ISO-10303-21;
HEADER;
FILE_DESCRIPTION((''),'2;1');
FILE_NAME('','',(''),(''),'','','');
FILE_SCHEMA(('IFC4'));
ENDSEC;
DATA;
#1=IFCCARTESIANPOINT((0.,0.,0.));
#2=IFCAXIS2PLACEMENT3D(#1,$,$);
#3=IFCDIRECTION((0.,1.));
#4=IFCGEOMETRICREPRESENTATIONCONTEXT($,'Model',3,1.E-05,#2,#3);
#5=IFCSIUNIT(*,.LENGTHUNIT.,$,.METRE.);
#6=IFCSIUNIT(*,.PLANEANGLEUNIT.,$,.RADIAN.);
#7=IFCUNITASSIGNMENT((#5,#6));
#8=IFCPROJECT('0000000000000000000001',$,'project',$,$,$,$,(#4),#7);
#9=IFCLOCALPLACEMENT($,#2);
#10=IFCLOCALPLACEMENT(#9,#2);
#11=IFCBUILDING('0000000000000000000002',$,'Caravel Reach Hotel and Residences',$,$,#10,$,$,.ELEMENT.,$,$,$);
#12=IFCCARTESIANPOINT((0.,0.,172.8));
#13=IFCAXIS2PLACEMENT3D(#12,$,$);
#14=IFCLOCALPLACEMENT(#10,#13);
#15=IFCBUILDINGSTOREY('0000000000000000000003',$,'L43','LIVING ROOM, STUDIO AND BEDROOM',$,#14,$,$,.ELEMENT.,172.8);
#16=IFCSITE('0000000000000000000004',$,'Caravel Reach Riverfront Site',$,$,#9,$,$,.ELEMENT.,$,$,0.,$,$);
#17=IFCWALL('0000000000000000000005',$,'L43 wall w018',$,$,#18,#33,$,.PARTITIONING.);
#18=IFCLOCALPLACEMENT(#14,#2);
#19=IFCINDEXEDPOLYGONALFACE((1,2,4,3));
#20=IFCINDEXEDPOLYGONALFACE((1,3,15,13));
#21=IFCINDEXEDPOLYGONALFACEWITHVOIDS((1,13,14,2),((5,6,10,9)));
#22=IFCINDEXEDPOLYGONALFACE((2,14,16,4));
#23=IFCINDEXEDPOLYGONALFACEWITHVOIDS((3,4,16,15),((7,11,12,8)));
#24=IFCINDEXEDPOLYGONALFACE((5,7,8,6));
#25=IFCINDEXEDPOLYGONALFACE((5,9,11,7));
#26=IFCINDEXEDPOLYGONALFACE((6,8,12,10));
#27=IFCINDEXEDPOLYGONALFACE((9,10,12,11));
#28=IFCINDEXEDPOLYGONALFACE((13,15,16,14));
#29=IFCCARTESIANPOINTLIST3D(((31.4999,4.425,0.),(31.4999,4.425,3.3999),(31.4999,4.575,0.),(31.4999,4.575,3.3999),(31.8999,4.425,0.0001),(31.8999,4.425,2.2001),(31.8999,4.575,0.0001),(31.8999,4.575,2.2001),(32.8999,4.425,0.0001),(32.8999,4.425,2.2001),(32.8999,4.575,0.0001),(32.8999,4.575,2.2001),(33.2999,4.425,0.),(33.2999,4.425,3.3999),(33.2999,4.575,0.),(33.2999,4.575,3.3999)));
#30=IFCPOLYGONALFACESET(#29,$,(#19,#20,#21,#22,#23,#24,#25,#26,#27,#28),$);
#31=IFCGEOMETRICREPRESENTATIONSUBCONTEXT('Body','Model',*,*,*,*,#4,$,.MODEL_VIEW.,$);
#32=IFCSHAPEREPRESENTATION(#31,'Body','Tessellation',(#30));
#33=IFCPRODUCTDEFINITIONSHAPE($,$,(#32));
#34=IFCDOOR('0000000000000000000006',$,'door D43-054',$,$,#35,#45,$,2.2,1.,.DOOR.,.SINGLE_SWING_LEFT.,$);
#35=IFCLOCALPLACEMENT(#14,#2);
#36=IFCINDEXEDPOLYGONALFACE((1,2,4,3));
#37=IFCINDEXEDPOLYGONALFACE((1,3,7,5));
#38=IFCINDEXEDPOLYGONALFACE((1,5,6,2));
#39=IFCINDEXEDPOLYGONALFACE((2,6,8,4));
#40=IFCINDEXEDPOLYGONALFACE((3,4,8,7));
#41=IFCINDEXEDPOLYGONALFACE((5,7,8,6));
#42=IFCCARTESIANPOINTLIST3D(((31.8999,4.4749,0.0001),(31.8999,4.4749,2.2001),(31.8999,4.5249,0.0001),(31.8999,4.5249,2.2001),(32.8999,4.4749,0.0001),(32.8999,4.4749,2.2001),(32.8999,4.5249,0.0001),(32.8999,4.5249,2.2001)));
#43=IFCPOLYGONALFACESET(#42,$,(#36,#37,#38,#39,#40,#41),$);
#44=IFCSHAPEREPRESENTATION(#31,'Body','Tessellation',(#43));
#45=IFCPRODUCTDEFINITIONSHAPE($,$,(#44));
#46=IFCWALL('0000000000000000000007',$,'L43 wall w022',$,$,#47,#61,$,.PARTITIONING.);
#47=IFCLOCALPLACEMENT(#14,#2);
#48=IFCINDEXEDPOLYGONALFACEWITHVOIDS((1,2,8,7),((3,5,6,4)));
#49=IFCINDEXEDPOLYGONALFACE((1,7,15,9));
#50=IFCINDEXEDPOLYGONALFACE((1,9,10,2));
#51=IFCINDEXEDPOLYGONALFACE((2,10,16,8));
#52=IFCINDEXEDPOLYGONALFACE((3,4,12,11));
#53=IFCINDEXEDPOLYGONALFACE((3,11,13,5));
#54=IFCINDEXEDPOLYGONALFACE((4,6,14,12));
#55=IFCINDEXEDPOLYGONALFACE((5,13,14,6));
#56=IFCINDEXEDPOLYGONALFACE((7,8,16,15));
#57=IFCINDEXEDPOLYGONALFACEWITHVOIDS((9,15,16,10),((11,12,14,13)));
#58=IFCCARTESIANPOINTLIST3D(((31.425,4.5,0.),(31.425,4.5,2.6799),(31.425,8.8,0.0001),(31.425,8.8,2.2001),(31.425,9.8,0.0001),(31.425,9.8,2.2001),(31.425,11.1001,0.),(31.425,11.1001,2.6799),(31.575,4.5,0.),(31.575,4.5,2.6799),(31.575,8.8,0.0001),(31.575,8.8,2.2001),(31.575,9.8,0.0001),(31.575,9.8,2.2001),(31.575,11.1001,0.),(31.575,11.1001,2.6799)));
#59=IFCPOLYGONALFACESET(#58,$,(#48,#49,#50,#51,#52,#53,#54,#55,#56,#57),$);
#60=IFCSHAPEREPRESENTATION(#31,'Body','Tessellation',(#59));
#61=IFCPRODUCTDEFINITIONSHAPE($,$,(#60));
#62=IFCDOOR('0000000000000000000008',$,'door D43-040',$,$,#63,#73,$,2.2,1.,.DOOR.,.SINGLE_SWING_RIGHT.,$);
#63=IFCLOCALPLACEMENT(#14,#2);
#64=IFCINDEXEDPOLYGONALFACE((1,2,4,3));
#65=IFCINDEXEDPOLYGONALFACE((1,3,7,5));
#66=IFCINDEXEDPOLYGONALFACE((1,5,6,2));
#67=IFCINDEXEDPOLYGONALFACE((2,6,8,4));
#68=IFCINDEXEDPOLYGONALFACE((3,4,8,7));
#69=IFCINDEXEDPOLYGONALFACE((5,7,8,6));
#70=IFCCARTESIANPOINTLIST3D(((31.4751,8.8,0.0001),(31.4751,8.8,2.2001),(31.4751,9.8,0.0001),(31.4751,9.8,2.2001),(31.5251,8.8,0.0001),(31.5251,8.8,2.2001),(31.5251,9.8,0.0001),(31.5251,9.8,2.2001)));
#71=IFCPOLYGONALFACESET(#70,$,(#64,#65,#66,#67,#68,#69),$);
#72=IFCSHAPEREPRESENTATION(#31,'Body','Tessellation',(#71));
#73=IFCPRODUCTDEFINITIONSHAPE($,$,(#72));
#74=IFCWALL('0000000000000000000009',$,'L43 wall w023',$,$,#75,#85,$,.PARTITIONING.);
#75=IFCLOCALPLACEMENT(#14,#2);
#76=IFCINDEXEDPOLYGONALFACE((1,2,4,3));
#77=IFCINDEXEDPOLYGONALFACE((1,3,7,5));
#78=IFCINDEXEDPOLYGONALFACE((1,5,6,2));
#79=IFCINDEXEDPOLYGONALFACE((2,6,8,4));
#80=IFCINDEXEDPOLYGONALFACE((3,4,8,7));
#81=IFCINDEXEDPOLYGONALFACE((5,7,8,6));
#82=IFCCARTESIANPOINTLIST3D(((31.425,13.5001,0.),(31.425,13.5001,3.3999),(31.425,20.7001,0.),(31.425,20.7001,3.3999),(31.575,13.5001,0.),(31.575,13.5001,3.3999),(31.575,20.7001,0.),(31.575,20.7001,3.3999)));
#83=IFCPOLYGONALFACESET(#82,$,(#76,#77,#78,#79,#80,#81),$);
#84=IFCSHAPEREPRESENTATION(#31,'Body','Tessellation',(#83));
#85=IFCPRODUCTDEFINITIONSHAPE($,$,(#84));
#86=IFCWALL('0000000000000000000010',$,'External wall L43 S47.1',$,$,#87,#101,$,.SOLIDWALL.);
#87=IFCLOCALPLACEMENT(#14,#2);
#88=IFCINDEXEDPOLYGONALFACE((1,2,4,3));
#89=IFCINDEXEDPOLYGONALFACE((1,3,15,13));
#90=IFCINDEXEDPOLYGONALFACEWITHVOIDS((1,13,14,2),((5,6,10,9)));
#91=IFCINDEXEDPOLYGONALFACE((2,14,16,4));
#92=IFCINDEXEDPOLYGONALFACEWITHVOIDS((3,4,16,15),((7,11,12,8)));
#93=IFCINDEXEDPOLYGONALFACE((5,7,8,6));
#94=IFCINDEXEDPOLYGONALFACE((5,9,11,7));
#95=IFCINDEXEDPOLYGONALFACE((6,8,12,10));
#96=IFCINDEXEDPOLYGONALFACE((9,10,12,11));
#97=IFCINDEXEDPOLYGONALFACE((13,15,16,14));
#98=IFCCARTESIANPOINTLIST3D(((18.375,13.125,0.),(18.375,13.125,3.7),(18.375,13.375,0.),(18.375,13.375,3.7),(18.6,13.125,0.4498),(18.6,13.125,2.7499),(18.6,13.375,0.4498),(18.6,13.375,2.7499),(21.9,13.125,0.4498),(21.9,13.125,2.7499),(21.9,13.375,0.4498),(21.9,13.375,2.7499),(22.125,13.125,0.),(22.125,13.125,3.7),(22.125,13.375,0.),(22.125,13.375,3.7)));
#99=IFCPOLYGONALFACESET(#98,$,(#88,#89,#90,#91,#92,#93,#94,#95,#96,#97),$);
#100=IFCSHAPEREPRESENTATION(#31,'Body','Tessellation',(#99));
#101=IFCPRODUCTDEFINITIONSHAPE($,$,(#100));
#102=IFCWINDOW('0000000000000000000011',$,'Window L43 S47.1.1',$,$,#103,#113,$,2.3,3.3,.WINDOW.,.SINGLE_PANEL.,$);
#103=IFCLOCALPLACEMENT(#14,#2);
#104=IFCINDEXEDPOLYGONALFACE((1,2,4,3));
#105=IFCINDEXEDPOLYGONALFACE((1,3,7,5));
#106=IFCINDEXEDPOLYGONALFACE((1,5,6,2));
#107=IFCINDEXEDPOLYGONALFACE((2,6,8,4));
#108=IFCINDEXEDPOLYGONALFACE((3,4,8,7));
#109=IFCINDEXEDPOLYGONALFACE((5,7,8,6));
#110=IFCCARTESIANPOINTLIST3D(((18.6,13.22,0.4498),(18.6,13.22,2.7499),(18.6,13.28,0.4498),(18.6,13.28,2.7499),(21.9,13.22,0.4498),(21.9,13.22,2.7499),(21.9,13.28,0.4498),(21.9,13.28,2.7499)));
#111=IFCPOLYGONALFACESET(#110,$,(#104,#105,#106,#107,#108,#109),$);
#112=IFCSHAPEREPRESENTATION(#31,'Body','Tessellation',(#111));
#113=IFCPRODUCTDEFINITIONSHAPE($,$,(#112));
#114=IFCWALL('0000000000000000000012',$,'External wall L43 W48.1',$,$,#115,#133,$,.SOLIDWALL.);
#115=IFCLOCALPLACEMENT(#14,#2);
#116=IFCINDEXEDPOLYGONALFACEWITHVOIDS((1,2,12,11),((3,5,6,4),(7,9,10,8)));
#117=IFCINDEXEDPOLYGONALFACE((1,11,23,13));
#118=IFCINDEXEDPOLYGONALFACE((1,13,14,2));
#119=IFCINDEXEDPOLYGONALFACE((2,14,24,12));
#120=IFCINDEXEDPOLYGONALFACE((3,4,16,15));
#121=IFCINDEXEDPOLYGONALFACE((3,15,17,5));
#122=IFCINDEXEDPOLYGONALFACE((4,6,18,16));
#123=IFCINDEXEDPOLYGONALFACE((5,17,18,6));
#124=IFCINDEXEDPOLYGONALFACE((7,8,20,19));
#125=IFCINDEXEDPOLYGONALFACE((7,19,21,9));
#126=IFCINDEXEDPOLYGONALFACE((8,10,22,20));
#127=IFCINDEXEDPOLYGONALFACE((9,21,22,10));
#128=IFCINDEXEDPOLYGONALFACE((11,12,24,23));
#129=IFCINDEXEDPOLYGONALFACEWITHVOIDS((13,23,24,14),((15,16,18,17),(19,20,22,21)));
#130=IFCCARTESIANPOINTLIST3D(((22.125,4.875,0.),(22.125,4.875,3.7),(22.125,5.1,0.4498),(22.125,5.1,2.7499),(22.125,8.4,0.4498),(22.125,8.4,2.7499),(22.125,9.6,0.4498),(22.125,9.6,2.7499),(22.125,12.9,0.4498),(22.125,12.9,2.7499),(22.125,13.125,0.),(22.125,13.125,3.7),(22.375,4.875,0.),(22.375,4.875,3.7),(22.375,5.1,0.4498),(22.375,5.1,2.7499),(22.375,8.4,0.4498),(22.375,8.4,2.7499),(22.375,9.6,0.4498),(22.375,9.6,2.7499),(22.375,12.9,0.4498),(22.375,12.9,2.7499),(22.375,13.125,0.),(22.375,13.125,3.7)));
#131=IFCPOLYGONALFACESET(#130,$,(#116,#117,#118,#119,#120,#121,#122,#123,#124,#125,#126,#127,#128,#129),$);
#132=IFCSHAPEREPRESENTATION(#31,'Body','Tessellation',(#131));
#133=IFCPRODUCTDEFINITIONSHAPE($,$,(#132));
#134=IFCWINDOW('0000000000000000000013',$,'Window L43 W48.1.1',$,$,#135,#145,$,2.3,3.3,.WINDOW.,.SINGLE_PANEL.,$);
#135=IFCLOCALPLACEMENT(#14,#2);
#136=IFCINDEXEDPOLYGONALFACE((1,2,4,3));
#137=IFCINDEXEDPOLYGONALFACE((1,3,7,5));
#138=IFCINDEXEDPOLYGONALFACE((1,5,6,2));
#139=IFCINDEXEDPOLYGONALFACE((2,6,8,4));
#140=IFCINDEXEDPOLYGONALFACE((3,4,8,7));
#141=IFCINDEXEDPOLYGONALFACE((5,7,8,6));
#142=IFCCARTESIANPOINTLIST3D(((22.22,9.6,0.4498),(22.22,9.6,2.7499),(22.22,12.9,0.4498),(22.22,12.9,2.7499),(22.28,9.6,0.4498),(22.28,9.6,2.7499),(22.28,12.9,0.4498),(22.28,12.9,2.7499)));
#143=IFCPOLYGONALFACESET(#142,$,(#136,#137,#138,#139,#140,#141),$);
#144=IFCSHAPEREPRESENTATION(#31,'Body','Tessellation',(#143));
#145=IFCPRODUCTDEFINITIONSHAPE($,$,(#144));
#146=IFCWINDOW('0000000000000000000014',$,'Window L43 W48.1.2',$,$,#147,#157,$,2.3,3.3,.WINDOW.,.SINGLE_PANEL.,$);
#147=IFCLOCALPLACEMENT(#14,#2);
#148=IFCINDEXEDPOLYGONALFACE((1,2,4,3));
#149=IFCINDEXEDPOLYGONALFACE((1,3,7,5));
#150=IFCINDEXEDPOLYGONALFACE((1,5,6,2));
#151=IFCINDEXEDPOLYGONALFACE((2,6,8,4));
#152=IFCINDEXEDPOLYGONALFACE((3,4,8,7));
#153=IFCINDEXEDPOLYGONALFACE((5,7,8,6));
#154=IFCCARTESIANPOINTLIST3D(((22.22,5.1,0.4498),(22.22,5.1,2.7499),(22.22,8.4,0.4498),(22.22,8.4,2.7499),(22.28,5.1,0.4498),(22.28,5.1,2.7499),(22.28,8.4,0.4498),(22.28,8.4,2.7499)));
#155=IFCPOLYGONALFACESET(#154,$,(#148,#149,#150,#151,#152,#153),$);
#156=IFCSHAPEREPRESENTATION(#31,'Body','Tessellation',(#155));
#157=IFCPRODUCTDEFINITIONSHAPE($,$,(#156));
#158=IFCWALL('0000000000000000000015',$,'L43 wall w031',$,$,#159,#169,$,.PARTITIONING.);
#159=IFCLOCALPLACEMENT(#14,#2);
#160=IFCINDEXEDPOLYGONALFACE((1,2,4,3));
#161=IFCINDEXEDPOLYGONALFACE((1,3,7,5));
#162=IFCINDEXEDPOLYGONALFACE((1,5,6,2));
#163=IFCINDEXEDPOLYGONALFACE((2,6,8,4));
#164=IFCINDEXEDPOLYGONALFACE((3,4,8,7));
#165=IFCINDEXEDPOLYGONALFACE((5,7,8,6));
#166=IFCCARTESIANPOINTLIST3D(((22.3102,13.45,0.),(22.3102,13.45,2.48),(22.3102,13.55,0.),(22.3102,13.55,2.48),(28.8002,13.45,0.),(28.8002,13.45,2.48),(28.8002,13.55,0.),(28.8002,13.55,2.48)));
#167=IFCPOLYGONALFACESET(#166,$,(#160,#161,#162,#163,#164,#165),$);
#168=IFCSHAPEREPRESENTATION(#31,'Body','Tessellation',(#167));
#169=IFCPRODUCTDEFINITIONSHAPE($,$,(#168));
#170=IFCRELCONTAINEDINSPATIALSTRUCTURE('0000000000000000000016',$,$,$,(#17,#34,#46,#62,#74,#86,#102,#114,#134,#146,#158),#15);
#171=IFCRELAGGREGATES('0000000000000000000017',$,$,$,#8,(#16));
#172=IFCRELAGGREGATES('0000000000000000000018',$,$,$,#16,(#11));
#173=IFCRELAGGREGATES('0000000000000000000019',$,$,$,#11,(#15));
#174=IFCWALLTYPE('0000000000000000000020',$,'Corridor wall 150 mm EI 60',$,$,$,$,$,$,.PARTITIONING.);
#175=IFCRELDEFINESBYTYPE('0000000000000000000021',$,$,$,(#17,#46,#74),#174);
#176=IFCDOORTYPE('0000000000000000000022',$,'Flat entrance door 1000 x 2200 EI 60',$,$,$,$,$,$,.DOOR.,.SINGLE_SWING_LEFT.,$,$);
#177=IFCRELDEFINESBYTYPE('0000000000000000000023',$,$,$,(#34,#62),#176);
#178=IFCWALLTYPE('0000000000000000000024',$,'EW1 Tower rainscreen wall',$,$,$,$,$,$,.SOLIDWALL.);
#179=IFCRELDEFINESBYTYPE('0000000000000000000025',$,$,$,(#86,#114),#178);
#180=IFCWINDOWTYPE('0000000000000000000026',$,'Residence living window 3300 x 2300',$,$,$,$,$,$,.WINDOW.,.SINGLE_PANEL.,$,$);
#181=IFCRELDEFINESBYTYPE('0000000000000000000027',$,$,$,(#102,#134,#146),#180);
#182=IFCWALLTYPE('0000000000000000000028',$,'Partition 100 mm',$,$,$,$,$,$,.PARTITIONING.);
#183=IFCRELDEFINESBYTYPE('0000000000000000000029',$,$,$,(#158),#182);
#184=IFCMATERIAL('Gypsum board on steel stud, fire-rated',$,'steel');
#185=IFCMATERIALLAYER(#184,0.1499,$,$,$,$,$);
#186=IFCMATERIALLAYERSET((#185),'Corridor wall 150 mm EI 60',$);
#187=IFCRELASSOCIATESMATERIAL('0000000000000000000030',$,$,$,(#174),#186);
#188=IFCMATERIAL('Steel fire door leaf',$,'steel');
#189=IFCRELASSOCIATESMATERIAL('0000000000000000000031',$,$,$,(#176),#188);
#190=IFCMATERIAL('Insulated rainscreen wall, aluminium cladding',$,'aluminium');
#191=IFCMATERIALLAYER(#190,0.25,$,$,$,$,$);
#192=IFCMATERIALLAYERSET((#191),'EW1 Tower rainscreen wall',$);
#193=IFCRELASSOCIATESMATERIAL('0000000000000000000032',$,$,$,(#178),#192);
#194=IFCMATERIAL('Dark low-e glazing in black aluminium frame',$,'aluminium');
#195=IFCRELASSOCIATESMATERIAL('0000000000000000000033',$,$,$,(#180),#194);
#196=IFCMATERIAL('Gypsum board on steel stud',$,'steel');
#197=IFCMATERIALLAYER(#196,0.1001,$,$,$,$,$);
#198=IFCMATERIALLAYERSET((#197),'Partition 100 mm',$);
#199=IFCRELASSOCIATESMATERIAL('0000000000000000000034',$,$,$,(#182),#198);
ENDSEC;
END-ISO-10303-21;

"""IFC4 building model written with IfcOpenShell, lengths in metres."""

from ifc_helpers import new_model, si_unit, direction, frame, frame_2d, origin, place, context, subcontext, project, spatial, rectangle, extrude, material, layer, layer_set, type_object, element, fill, save


model = new_model("IFC4")

# Units and contexts
model_context = context("Model", 3, precision=1e-05, world=origin(), true_north=direction((0.0, 1.0)))
body_context = subcontext(model_context, "Body", "Model", "MODEL_VIEW")
ifc_project = project(units=[si_unit("LENGTHUNIT", "METRE"), si_unit("PLANEANGLEUNIT", "RADIAN")], contexts=[model_context])

# Site, building, storey
site_placement = place(None, origin())
site = spatial("IfcSite", under=ifc_project, at=site_placement, Name="Caravel Reach Riverfront Site", CompositionType="ELEMENT", RefElevation=0.0)
building_placement = place(site_placement, origin())
building = spatial("IfcBuilding", under=site, at=building_placement, Name="Caravel Reach Hotel and Residences", CompositionType="ELEMENT")
storey_placement = place(building_placement, frame((0.0, 0.0, 172.8)))
storey = spatial("IfcBuildingStorey", under=building, at=storey_placement, Name="L43", Description="LIVING ROOM, STUDIO AND BEDROOM", CompositionType="ELEMENT", Elevation=172.8)

# Walls, openings, doors
ifc_material_1 = material(Name="Gypsum board on steel stud, fire-rated", Category="steel")
ifc_layer_1 = layer(ifc_material_1, 0.1499)
ifc_layer_set_1 = layer_set([ifc_layer_1], Name="Corridor wall 150 mm EI 60")
wall_type_1 = type_object("IfcWallType", Name="Corridor wall 150 mm EI 60", PredefinedType="PARTITIONING", material=ifc_layer_set_1)
wall_1_placement = place(storey_placement, frame((31.5, 4.5, 0.0), z_axis=(0.0, 0.0, 1.0), x_axis=(1.0, 0.0, 0.0)))
wall_1 = element("IfcWall", 1, at=wall_1_placement, inside=storey, type_object=wall_type_1, Name="L43 wall w018", PredefinedType="PARTITIONING", context=body_context, shape_type="SweptSolid", body=[
    extrude(rectangle(XDim=1.8, YDim=0.1499, at=frame_2d((0.8999, 0.0))), origin(), (0.0, 0.0, 1.0), 3.3999),
])
opening_1_placement = place(wall_1_placement, frame((0.3999, 0.0, 0.0)))
opening_1 = element("IfcOpeningElement", 2, at=opening_1_placement, cuts=wall_1, PredefinedType="OPENING", context=body_context, shape_type="SweptSolid", body=[
    extrude(rectangle(XDim=1.0, YDim=2.2, at=frame_2d((0.5, 1.1001))), frame((0.0, 0.085, 0.0), z_axis=(0.0, -1.0, 0.0), x_axis=(1.0, 0.0, 0.0)), (0.0, 0.0, 1.0), 0.1699),
])
ifc_material_2 = material(Name="Steel fire door leaf", Category="steel")
door_type_1 = type_object("IfcDoorType", Name="Flat entrance door 1000 x 2200 EI 60", OperationType="SINGLE_SWING_LEFT", PredefinedType="DOOR", material=ifc_material_2)
door_1_placement = place(opening_1_placement, origin())
door_1 = element("IfcDoor", 3, at=door_1_placement, inside=storey, type_object=door_type_1, Name="door D43-054", OperationType="SINGLE_SWING_LEFT", OverallHeight=2.2, OverallWidth=1.0, PredefinedType="DOOR", context=body_context, shape_type="SweptSolid", body=[
    extrude(rectangle(XDim=1.0, YDim=2.2, at=frame_2d((0.5, 1.1001))), frame((0.0, 0.0249, 0.0), z_axis=(0.0, -1.0, 0.0), x_axis=(1.0, 0.0, 0.0)), (0.0, 0.0, 1.0), 0.05),
])
fill(opening_1, door_1)
wall_2_placement = place(storey_placement, frame((31.5, 4.5, 0.0), z_axis=(0.0, 0.0, 1.0), x_axis=(0.0, 1.0, 0.0)))
wall_2 = element("IfcWall", 4, at=wall_2_placement, inside=storey, type_object=wall_type_1, Name="L43 wall w022", PredefinedType="PARTITIONING", context=body_context, shape_type="SweptSolid", body=[
    extrude(rectangle(XDim=6.6001, YDim=0.1499, at=frame_2d((3.3, 0.0))), origin(), (0.0, 0.0, 1.0), 2.6799),
])
opening_2_placement = place(wall_2_placement, frame((4.3, 0.0, 0.0)))
opening_2 = element("IfcOpeningElement", 5, at=opening_2_placement, cuts=wall_2, PredefinedType="OPENING", context=body_context, shape_type="SweptSolid", body=[
    extrude(rectangle(XDim=1.0, YDim=2.2, at=frame_2d((0.5, 1.1001))), frame((0.0, 0.085, 0.0), z_axis=(0.0, -1.0, 0.0), x_axis=(1.0, 0.0, 0.0)), (0.0, 0.0, 1.0), 0.1699),
])
door_2_placement = place(opening_2_placement, origin())
door_2 = element("IfcDoor", 6, at=door_2_placement, inside=storey, type_object=door_type_1, Name="door D43-040", OperationType="SINGLE_SWING_RIGHT", OverallHeight=2.2, OverallWidth=1.0, PredefinedType="DOOR", context=body_context, shape_type="SweptSolid", body=[
    extrude(rectangle(XDim=1.0, YDim=2.2, at=frame_2d((0.5, 1.1001))), frame((0.0, 0.0249, 0.0), z_axis=(0.0, -1.0, 0.0), x_axis=(1.0, 0.0, 0.0)), (0.0, 0.0, 1.0), 0.05),
])
fill(opening_2, door_2)

# Wall
wall_3_placement = place(storey_placement, frame((31.5, 13.5, 0.0), z_axis=(0.0, 0.0, 1.0), x_axis=(0.0, 1.0, 0.0)))
element("IfcWall", 7, at=wall_3_placement, inside=storey, type_object=wall_type_1, Name="L43 wall w023", PredefinedType="PARTITIONING", context=body_context, shape_type="SweptSolid", body=[
    extrude(rectangle(XDim=7.2, YDim=0.1499, at=frame_2d((3.6001, 0.0))), origin(), (0.0, 0.0, 1.0), 3.3999),
])

# Wall, opening, window
ifc_material_3 = material(Name="Insulated rainscreen wall, aluminium cladding", Category="aluminium")
ifc_layer_2 = layer(ifc_material_3, 0.25)
ifc_layer_set_2 = layer_set([ifc_layer_2], Name="EW1 Tower rainscreen wall")
wall_type_2 = type_object("IfcWallType", Name="EW1 Tower rainscreen wall", PredefinedType="SOLIDWALL", material=ifc_layer_set_2)
wall_4_placement = place(storey_placement, frame((18.375, 13.25, 0.0), z_axis=(0.0, 0.0, 1.0), x_axis=(1.0, 0.0, 0.0)))
wall_4 = element("IfcWall", 8, at=wall_4_placement, inside=storey, type_object=wall_type_2, Name="External wall L43 S47.1", PredefinedType="SOLIDWALL", context=body_context, shape_type="SweptSolid", body=[
    extrude(rectangle(XDim=3.75, YDim=0.25, at=frame_2d((1.875, 0.0))), origin(), (0.0, 0.0, 1.0), 3.7),
])
opening_3_placement = place(wall_4_placement, frame((0.2251, 0.0, 0.45)))
opening_3 = element("IfcOpeningElement", 9, at=opening_3_placement, cuts=wall_4, PredefinedType="OPENING", context=body_context, shape_type="SweptSolid", body=[
    extrude(rectangle(XDim=3.3, YDim=2.3, at=frame_2d((1.6499, 1.1499))), frame((0.0, 0.135, 0.0), z_axis=(0.0, -1.0, 0.0), x_axis=(1.0, 0.0, 0.0)), (0.0, 0.0, 1.0), 0.27),
])
ifc_material_4 = material(Name="Dark low-e glazing in black aluminium frame", Category="aluminium")
window_type = type_object("IfcWindowType", Name="Residence living window 3300 x 2300", PartitioningType="SINGLE_PANEL", PredefinedType="WINDOW", material=ifc_material_4)
window_1_placement = place(opening_3_placement, origin())
window_1 = element("IfcWindow", 10, at=window_1_placement, inside=storey, type_object=window_type, Name="Window L43 S47.1.1", OverallHeight=2.3, OverallWidth=3.3, PartitioningType="SINGLE_PANEL", PredefinedType="WINDOW", context=body_context, shape_type="SweptSolid", body=[
    extrude(rectangle(XDim=3.3, YDim=2.3, at=frame_2d((1.6499, 1.1499))), frame((0.0, 0.03, 0.0), z_axis=(0.0, -1.0, 0.0), x_axis=(1.0, 0.0, 0.0)), (0.0, 0.0, 1.0), 0.0601),
])
fill(opening_3, window_1)

# Wall, openings, windows
wall_5_placement = place(storey_placement, frame((22.25, 13.125, 0.0), z_axis=(0.0, 0.0, 1.0), x_axis=(0.0, -1.0, 0.0)))
wall_5 = element("IfcWall", 11, at=wall_5_placement, inside=storey, type_object=wall_type_2, Name="External wall L43 W48.1", PredefinedType="SOLIDWALL", context=body_context, shape_type="SweptSolid", body=[
    extrude(rectangle(XDim=8.25, YDim=0.25, at=frame_2d((4.125, 0.0))), origin(), (0.0, 0.0, 1.0), 3.7),
])
opening_4_placement = place(wall_5_placement, frame((0.2251, 0.0, 0.45)))
opening_4 = element("IfcOpeningElement", 12, at=opening_4_placement, cuts=wall_5, PredefinedType="OPENING", context=body_context, shape_type="SweptSolid", body=[
    extrude(rectangle(XDim=3.3, YDim=2.3, at=frame_2d((1.6499, 1.1499))), frame((0.0, 0.135, 0.0), z_axis=(0.0, -1.0, 0.0), x_axis=(1.0, 0.0, 0.0)), (0.0, 0.0, 1.0), 0.27),
])
opening_5_placement = place(wall_5_placement, frame((4.7251, 0.0, 0.45)))
opening_5 = element("IfcOpeningElement", 13, at=opening_5_placement, cuts=wall_5, PredefinedType="OPENING", context=body_context, shape_type="SweptSolid", body=[
    extrude(rectangle(XDim=3.3, YDim=2.3, at=frame_2d((1.6499, 1.1499))), frame((0.0, 0.135, 0.0), z_axis=(0.0, -1.0, 0.0), x_axis=(1.0, 0.0, 0.0)), (0.0, 0.0, 1.0), 0.27),
])
window_2_placement = place(opening_4_placement, origin())
window_2 = element("IfcWindow", 14, at=window_2_placement, inside=storey, type_object=window_type, Name="Window L43 W48.1.1", OverallHeight=2.3, OverallWidth=3.3, PartitioningType="SINGLE_PANEL", PredefinedType="WINDOW", context=body_context, shape_type="SweptSolid", body=[
    extrude(rectangle(XDim=3.3, YDim=2.3, at=frame_2d((1.6499, 1.1499))), frame((0.0, 0.03, 0.0), z_axis=(0.0, -1.0, 0.0), x_axis=(1.0, 0.0, 0.0)), (0.0, 0.0, 1.0), 0.0601),
])
fill(opening_4, window_2)
window_3_placement = place(opening_5_placement, origin())
window_3 = element("IfcWindow", 15, at=window_3_placement, inside=storey, type_object=window_type, Name="Window L43 W48.1.2", OverallHeight=2.3, OverallWidth=3.3, PartitioningType="SINGLE_PANEL", PredefinedType="WINDOW", context=body_context, shape_type="SweptSolid", body=[
    extrude(rectangle(XDim=3.3, YDim=2.3, at=frame_2d((1.6499, 1.1499))), frame((0.0, 0.03, 0.0), z_axis=(0.0, -1.0, 0.0), x_axis=(1.0, 0.0, 0.0)), (0.0, 0.0, 1.0), 0.0601),
])
fill(opening_5, window_3)

# Wall
ifc_material_5 = material(Name="Gypsum board on steel stud", Category="steel")
ifc_layer_3 = layer(ifc_material_5, 0.1001)
ifc_layer_set_3 = layer_set([ifc_layer_3], Name="Partition 100 mm")
wall_type_3 = type_object("IfcWallType", Name="Partition 100 mm", PredefinedType="PARTITIONING", material=ifc_layer_set_3)
wall_6_placement = place(storey_placement, frame((22.3101, 13.5, 0.0), z_axis=(0.0, 0.0, 1.0), x_axis=(1.0, 0.0, 0.0)))
element("IfcWall", 16, at=wall_6_placement, inside=storey, type_object=wall_type_3, Name="L43 wall w031", PredefinedType="PARTITIONING", context=body_context, shape_type="SweptSolid", body=[
    extrude(rectangle(XDim=6.49, YDim=0.1001, at=frame_2d((3.2451, 0.0))), origin(), (0.0, 0.0, 1.0), 2.48),
])

save(model, "model.ifc")
